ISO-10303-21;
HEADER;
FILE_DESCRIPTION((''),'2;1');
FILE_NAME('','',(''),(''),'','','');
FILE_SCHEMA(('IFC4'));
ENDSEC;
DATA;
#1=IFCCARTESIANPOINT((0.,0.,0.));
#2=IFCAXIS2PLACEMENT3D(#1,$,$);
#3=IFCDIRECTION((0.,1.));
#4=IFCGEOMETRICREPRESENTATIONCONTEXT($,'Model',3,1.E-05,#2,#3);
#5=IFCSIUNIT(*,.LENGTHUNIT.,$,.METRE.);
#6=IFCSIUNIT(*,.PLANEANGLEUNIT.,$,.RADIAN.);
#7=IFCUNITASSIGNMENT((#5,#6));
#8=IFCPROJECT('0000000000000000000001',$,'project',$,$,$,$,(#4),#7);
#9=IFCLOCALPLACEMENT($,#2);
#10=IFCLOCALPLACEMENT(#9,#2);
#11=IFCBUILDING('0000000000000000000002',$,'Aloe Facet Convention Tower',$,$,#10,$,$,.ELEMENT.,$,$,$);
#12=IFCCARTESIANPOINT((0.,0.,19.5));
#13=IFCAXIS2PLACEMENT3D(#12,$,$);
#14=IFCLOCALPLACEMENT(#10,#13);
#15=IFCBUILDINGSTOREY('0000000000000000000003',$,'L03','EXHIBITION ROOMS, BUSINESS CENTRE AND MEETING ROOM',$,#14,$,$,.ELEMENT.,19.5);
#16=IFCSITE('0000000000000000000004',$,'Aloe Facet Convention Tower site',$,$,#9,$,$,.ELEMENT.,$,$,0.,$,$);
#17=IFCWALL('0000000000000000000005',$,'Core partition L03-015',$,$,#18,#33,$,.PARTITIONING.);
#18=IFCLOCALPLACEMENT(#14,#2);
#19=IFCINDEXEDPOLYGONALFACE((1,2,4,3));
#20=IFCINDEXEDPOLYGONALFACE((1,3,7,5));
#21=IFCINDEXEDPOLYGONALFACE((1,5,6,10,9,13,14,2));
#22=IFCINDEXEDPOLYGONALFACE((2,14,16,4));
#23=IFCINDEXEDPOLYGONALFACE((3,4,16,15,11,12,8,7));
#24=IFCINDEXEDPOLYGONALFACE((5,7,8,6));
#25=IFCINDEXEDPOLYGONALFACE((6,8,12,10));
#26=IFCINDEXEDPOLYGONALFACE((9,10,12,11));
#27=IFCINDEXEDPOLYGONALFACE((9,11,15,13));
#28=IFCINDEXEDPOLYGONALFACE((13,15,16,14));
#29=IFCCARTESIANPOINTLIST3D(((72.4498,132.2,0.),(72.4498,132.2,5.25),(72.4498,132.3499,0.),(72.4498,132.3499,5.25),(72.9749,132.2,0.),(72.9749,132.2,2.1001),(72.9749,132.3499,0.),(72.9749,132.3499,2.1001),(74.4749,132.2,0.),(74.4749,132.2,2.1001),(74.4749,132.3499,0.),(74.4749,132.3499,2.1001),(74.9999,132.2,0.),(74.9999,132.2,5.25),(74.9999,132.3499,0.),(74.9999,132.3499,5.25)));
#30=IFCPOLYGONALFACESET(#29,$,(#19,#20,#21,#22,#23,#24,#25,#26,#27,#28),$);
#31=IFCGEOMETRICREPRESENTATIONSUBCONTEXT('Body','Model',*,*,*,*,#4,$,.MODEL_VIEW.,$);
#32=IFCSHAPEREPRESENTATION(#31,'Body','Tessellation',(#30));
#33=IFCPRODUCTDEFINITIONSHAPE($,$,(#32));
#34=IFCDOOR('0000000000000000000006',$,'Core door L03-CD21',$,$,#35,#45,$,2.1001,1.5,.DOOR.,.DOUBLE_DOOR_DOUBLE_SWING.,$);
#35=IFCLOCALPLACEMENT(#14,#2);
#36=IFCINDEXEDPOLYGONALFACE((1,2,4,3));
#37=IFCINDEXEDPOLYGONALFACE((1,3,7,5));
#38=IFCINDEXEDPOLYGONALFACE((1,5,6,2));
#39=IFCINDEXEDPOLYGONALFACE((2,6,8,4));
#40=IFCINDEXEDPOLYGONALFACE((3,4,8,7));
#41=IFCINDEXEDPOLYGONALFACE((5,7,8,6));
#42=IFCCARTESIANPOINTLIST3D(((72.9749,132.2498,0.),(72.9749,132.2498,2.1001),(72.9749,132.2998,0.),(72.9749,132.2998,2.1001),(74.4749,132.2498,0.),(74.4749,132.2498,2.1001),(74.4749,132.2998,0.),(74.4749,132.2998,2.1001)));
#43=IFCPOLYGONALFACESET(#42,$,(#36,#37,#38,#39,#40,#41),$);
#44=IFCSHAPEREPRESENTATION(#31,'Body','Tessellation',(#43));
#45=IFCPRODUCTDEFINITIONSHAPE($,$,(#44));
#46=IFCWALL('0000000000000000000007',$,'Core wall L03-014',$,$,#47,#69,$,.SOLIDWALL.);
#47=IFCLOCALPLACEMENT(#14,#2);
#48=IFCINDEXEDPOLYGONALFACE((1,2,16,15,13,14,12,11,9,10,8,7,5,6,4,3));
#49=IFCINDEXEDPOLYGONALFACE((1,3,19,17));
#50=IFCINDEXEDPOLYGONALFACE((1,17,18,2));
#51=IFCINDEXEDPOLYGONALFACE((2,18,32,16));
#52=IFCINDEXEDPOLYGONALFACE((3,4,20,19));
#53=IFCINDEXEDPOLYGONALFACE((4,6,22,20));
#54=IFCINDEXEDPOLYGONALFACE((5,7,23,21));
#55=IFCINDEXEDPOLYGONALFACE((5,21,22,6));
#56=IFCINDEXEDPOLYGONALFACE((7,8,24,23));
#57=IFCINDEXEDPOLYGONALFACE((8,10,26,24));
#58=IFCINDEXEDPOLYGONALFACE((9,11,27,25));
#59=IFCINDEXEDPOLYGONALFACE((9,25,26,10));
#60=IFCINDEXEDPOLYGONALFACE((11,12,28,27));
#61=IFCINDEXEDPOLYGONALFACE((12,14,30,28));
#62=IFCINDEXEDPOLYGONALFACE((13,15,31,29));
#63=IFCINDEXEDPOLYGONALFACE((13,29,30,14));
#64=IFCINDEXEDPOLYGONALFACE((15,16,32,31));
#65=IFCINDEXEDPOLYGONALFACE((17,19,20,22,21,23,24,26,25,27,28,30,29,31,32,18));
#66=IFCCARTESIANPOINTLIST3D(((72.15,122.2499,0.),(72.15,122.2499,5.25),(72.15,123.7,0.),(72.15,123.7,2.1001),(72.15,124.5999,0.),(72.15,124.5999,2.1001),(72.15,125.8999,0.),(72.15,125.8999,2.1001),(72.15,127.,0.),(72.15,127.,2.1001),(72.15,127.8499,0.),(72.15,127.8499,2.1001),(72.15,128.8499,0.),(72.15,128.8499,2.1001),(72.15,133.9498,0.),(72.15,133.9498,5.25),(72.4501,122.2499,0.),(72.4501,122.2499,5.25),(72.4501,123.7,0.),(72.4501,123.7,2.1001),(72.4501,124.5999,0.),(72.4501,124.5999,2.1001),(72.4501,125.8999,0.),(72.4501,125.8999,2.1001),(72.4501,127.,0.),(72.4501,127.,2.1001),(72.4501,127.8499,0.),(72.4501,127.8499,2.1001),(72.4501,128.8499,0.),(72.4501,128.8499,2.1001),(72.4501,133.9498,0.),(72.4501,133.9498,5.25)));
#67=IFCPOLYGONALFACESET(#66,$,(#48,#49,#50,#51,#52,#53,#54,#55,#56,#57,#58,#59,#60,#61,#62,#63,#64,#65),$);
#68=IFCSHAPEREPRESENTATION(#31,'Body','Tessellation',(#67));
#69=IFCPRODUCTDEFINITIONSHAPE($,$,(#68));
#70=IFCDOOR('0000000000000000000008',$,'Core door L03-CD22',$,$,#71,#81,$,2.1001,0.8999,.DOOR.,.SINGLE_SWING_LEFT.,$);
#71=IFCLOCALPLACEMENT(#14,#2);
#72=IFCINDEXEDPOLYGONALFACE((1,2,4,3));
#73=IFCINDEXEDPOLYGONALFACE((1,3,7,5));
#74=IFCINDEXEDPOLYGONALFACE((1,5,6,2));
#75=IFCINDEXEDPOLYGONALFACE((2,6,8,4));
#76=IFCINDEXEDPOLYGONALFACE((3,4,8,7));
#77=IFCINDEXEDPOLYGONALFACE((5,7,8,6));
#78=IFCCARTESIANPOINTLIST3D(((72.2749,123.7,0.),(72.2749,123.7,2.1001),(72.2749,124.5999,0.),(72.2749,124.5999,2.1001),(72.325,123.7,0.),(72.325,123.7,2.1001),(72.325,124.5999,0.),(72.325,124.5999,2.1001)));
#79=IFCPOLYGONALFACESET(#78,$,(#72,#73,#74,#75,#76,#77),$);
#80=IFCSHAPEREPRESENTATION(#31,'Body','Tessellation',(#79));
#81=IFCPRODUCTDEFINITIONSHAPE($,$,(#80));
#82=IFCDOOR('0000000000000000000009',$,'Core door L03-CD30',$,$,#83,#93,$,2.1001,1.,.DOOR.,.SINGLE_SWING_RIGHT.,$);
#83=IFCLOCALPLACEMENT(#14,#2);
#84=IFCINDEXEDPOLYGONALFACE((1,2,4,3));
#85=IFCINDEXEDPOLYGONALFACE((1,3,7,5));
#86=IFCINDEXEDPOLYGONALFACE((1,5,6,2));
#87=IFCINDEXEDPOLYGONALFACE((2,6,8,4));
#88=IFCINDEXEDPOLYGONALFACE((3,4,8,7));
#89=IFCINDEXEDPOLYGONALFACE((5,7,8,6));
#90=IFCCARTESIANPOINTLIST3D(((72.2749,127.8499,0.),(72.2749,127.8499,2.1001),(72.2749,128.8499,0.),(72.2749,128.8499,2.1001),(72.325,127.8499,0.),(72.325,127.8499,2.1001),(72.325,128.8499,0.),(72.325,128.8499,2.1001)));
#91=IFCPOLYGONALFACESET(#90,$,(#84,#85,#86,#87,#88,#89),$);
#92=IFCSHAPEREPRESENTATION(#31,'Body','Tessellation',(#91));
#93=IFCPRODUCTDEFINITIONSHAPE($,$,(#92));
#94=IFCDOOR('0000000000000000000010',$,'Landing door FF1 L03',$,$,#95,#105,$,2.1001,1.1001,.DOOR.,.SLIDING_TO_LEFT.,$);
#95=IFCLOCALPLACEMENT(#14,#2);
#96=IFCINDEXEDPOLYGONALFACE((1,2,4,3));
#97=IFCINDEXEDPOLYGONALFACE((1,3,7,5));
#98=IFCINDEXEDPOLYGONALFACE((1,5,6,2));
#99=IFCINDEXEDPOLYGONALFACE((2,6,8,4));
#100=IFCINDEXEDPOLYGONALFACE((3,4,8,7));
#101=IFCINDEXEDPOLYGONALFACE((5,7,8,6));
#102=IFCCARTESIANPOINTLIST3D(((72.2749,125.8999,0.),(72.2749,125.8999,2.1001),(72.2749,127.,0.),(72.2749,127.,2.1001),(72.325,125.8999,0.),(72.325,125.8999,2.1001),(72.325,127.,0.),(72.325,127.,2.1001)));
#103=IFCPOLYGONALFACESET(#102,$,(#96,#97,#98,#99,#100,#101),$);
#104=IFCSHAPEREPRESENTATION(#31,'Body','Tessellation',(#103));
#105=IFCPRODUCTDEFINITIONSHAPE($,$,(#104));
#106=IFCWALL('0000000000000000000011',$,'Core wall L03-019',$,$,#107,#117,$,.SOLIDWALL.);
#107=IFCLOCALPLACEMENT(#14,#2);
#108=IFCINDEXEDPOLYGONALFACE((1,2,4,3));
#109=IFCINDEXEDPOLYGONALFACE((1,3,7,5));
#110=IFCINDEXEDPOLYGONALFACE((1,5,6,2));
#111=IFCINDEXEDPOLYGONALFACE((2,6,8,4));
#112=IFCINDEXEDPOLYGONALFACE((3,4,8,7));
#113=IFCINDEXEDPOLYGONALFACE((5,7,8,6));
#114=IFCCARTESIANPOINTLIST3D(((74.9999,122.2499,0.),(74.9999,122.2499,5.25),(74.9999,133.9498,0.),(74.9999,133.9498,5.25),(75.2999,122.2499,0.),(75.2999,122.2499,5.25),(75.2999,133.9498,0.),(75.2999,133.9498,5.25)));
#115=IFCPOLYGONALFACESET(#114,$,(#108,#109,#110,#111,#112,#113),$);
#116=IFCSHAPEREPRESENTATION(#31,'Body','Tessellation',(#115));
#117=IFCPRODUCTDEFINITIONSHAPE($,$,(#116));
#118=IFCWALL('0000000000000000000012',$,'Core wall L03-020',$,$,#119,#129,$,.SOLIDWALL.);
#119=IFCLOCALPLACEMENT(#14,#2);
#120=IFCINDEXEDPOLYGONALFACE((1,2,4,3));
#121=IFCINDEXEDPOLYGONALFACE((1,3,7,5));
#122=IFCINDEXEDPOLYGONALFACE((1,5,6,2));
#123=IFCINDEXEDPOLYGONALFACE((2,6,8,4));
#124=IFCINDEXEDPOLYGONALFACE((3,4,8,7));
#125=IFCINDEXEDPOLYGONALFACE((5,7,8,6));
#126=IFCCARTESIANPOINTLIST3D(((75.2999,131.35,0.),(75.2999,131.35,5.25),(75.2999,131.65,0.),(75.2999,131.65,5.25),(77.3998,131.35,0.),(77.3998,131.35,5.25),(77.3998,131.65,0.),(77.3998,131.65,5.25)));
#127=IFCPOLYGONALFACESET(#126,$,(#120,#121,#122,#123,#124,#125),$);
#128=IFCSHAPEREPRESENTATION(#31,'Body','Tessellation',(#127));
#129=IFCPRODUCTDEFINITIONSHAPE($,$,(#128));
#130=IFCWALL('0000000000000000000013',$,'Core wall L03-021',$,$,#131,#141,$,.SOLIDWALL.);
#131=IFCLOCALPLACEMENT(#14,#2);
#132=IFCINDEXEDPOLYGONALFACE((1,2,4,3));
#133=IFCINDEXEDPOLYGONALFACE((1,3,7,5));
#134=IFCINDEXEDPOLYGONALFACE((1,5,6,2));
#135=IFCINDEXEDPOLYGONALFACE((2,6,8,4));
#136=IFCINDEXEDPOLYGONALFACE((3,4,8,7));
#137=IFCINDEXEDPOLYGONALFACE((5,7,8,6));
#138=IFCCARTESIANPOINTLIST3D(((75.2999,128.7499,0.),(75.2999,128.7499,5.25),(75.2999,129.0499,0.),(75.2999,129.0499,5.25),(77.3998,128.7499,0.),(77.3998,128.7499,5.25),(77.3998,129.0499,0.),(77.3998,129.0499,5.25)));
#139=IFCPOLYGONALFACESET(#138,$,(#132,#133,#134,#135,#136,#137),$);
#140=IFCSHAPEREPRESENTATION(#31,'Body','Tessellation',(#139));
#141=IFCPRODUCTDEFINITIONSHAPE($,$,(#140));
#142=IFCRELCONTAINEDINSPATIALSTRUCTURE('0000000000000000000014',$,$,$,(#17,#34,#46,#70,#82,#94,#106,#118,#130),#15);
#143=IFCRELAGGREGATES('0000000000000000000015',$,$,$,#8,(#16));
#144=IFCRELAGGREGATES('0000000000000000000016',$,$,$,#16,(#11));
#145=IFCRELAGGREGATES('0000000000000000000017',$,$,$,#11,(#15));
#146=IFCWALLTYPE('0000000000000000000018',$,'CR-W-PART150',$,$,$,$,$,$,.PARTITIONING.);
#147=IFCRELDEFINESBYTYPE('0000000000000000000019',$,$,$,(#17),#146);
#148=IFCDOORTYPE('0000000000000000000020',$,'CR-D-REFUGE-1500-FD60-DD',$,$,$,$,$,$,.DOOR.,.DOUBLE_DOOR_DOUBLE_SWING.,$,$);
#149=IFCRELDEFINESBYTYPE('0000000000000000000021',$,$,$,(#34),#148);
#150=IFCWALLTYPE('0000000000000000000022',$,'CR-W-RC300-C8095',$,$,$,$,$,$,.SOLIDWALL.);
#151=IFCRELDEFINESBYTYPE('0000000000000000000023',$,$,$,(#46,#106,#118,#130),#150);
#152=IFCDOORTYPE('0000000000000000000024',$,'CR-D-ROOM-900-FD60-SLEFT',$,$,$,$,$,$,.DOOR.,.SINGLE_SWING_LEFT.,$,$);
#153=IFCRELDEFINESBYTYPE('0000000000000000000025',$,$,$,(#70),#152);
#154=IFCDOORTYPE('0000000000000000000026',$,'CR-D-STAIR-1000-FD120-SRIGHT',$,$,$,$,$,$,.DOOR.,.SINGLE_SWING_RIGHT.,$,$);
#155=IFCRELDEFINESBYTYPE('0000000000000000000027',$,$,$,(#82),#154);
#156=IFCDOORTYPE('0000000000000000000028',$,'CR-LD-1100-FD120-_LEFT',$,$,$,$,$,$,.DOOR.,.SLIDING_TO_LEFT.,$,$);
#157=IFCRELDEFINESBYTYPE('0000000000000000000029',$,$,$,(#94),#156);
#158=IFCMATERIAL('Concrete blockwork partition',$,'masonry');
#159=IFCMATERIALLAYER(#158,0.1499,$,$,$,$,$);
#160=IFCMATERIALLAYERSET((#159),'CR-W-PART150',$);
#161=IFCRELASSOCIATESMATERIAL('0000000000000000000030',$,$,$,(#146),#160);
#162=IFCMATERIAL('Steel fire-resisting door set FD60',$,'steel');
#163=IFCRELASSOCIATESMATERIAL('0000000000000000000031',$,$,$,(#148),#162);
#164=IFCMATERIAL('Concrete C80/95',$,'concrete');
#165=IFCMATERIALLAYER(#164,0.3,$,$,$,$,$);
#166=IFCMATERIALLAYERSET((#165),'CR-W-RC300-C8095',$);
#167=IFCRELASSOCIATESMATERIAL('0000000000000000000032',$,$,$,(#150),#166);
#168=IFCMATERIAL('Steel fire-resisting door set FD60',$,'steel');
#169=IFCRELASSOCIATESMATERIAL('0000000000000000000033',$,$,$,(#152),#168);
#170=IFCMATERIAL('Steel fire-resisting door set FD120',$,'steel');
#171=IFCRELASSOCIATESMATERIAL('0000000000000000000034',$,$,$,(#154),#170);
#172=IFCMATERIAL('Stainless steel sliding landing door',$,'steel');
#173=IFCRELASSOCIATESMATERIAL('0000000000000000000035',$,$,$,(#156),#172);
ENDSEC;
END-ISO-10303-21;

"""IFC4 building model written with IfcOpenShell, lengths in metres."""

from ifc_helpers import new_model, si_unit, direction, frame, frame_2d, origin, place, context, subcontext, project, spatial, rectangle, extrude, material, layer, layer_set, type_object, element, fill, save


model = new_model("IFC4")

# Units and contexts
model_context = context("Model", 3, precision=1e-05, world=origin(), true_north=direction((0.0, 1.0)))
body_context = subcontext(model_context, "Body", "Model", "MODEL_VIEW")
ifc_project = project(units=[si_unit("LENGTHUNIT", "METRE"), si_unit("PLANEANGLEUNIT", "RADIAN")], contexts=[model_context])

# Site, building, storey
site_placement = place(None, origin())
site = spatial("IfcSite", under=ifc_project, at=site_placement, Name="Aloe Facet Convention Tower site", CompositionType="ELEMENT", RefElevation=0.0)
building_placement = place(site_placement, origin())
building = spatial("IfcBuilding", under=site, at=building_placement, Name="Aloe Facet Convention Tower", CompositionType="ELEMENT")
storey_placement = place(building_placement, frame((0.0, 0.0, 19.5)))
storey = spatial("IfcBuildingStorey", under=building, at=storey_placement, Name="L03", Description="EXHIBITION ROOMS, BUSINESS CENTRE AND MEETING ROOM", CompositionType="ELEMENT", Elevation=19.5)

# Wall, opening, door
ifc_material_1 = material(Name="Concrete blockwork partition", Category="masonry")
ifc_layer_1 = layer(ifc_material_1, 0.1499)
ifc_layer_set_1 = layer_set([ifc_layer_1], Name="CR-W-PART150")
wall_type_1 = type_object("IfcWallType", Name="CR-W-PART150", PredefinedType="PARTITIONING", material=ifc_layer_set_1)
wall_1_placement = place(storey_placement, frame((72.45, 132.2749, 0.0), z_axis=(0.0, 0.0, 1.0), x_axis=(1.0, 0.0, 0.0)))
wall_1 = element("IfcWall", 1, at=wall_1_placement, inside=storey, type_object=wall_type_1, Name="Core partition L03-015", PredefinedType="PARTITIONING", context=body_context, shape_type="SweptSolid", body=[
    extrude(rectangle(XDim=2.55, YDim=0.1499, at=frame_2d((1.2749, 0.0))), origin(), (0.0, 0.0, 1.0), 5.25),
])
opening_1_placement = place(wall_1_placement, frame((0.5249, 0.0, 0.0)))
opening_1 = element("IfcOpeningElement", 2, at=opening_1_placement, cuts=wall_1, PredefinedType="OPENING", context=body_context, shape_type="SweptSolid", body=[
    extrude(rectangle(XDim=1.5, YDim=2.1001, at=frame_2d((0.75, 1.05))), frame((0.0, 0.085, 0.0), z_axis=(0.0, -1.0, 0.0), x_axis=(1.0, 0.0, 0.0)), (0.0, 0.0, 1.0), 0.1699),
])
ifc_material_2 = material(Name="Steel fire-resisting door set FD60", Category="steel")
door_type_1 = type_object("IfcDoorType", Name="CR-D-REFUGE-1500-FD60-DD", OperationType="DOUBLE_DOOR_DOUBLE_SWING", PredefinedType="DOOR", material=ifc_material_2)
door_1_placement = place(opening_1_placement, origin())
door_1 = element("IfcDoor", 3, at=door_1_placement, inside=storey, type_object=door_type_1, Name="Core door L03-CD21", OperationType="DOUBLE_DOOR_DOUBLE_SWING", OverallHeight=2.1001, OverallWidth=1.5, PredefinedType="DOOR", context=body_context, shape_type="SweptSolid", body=[
    extrude(rectangle(XDim=1.5, YDim=2.1001, at=frame_2d((0.75, 1.05))), frame((0.0, 0.0249, 0.0), z_axis=(0.0, -1.0, 0.0), x_axis=(1.0, 0.0, 0.0)), (0.0, 0.0, 1.0), 0.05),
])
fill(opening_1, door_1)

# Wall, openings, doors
ifc_material_3 = material(Name="Concrete C80/95", Category="concrete")
ifc_layer_2 = layer(ifc_material_3, 0.3)
ifc_layer_set_2 = layer_set([ifc_layer_2], Name="CR-W-RC300-C8095")
wall_type_2 = type_object("IfcWallType", Name="CR-W-RC300-C8095", PredefinedType="SOLIDWALL", material=ifc_layer_set_2)
wall_2_placement = place(storey_placement, frame((72.3, 133.95, 0.0), z_axis=(0.0, 0.0, 1.0), x_axis=(0.0, -1.0, 0.0)))
wall_2 = element("IfcWall", 4, at=wall_2_placement, inside=storey, type_object=wall_type_2, Name="Core wall L03-014", PredefinedType="SOLIDWALL", context=body_context, shape_type="SweptSolid", body=[
    extrude(rectangle(XDim=11.7, YDim=0.3, at=frame_2d((5.8501, 0.0))), origin(), (0.0, 0.0, 1.0), 5.25),
])
opening_2_placement = place(wall_2_placement, frame((6.95, 0.0, 0.0)))
opening_2 = element("IfcOpeningElement", 5, at=opening_2_placement, cuts=wall_2, PredefinedType="OPENING", context=body_context, shape_type="SweptSolid", body=[
    extrude(rectangle(XDim=1.1001, YDim=2.1001, at=frame_2d((0.55, 1.05))), frame((0.0, 0.1602, 0.0), z_axis=(0.0, -1.0, 0.0), x_axis=(1.0, 0.0, 0.0)), (0.0, 0.0, 1.0), 0.3201),
])
opening_3_placement = place(wall_2_placement, frame((9.3501, 0.0, 0.0)))
opening_3 = element("IfcOpeningElement", 6, at=opening_3_placement, cuts=wall_2, PredefinedType="OPENING", context=body_context, shape_type="SweptSolid", body=[
    extrude(rectangle(XDim=0.8999, YDim=2.1001, at=frame_2d((0.45, 1.05))), frame((0.0, 0.1602, 0.0), z_axis=(0.0, -1.0, 0.0), x_axis=(1.0, 0.0, 0.0)), (0.0, 0.0, 1.0), 0.3201),
])
opening_4_placement = place(wall_2_placement, frame((5.1001, 0.0, 0.0)))
opening_4 = element("IfcOpeningElement", 7, at=opening_4_placement, cuts=wall_2, PredefinedType="OPENING", context=body_context, shape_type="SweptSolid", body=[
    extrude(rectangle(XDim=1.0, YDim=2.1001, at=frame_2d((0.5, 1.05))), frame((0.0, 0.1602, 0.0), z_axis=(0.0, -1.0, 0.0), x_axis=(1.0, 0.0, 0.0)), (0.0, 0.0, 1.0), 0.3201),
])
ifc_material_4 = material(Name="Steel fire-resisting door set FD60", Category="steel")
door_type_2 = type_object("IfcDoorType", Name="CR-D-ROOM-900-FD60-SLEFT", OperationType="SINGLE_SWING_LEFT", PredefinedType="DOOR", material=ifc_material_4)
door_2_placement = place(opening_3_placement, origin())
door_2 = element("IfcDoor", 8, at=door_2_placement, inside=storey, type_object=door_type_2, Name="Core door L03-CD22", OperationType="SINGLE_SWING_LEFT", OverallHeight=2.1001, OverallWidth=0.8999, PredefinedType="DOOR", context=body_context, shape_type="SweptSolid", body=[
    extrude(rectangle(XDim=0.8999, YDim=2.1001, at=frame_2d((0.45, 1.05))), frame((0.0, 0.0249, 0.0), z_axis=(0.0, -1.0, 0.0), x_axis=(1.0, 0.0, 0.0)), (0.0, 0.0, 1.0), 0.05),
])
fill(opening_3, door_2)
ifc_material_5 = material(Name="Steel fire-resisting door set FD120", Category="steel")
door_type_3 = type_object("IfcDoorType", Name="CR-D-STAIR-1000-FD120-SRIGHT", OperationType="SINGLE_SWING_RIGHT", PredefinedType="DOOR", material=ifc_material_5)
door_3_placement = place(opening_4_placement, origin())
door_3 = element("IfcDoor", 9, at=door_3_placement, inside=storey, type_object=door_type_3, Name="Core door L03-CD30", OperationType="SINGLE_SWING_RIGHT", OverallHeight=2.1001, OverallWidth=1.0, PredefinedType="DOOR", context=body_context, shape_type="SweptSolid", body=[
    extrude(rectangle(XDim=1.0, YDim=2.1001, at=frame_2d((0.5, 1.05))), frame((0.0, 0.0249, 0.0), z_axis=(0.0, -1.0, 0.0), x_axis=(1.0, 0.0, 0.0)), (0.0, 0.0, 1.0), 0.05),
])
fill(opening_4, door_3)
ifc_material_6 = material(Name="Stainless steel sliding landing door", Category="steel")
door_type_4 = type_object("IfcDoorType", Name="CR-LD-1100-FD120-_LEFT", OperationType="SLIDING_TO_LEFT", PredefinedType="DOOR", material=ifc_material_6)
door_4_placement = place(opening_2_placement, origin())
door_4 = element("IfcDoor", 10, at=door_4_placement, inside=storey, type_object=door_type_4, Name="Landing door FF1 L03", OperationType="SLIDING_TO_LEFT", OverallHeight=2.1001, OverallWidth=1.1001, PredefinedType="DOOR", context=body_context, shape_type="SweptSolid", body=[
    extrude(rectangle(XDim=1.1001, YDim=2.1001, at=frame_2d((0.55, 1.05))), frame((0.0, 0.0249, 0.0), z_axis=(0.0, -1.0, 0.0), x_axis=(1.0, 0.0, 0.0)), (0.0, 0.0, 1.0), 0.05),
])
fill(opening_2, door_4)

# Walls
wall_3_placement = place(storey_placement, frame((75.1499, 133.95, 0.0), z_axis=(0.0, 0.0, 1.0), x_axis=(0.0, -1.0, 0.0)))
element("IfcWall", 11, at=wall_3_placement, inside=storey, type_object=wall_type_2, Name="Core wall L03-019", PredefinedType="SOLIDWALL", context=body_context, shape_type="SweptSolid", body=[
    extrude(rectangle(XDim=11.7, YDim=0.3, at=frame_2d((5.8501, 0.0))), origin(), (0.0, 0.0, 1.0), 5.25),
])
for number, where, z_axis, x_axis, name in (
    (12, (75.3, 131.5, 0.0), (0.0, 0.0, 1.0), (1.0, 0.0, 0.0), "Core wall L03-020"),
    (13, (75.3, 128.8999, 0.0), (0.0, 0.0, 1.0), (1.0, 0.0, 0.0), "Core wall L03-021"),
):
    element("IfcWall", number, at=place(storey_placement, frame(where, z_axis=z_axis, x_axis=x_axis)), inside=storey, type_object=wall_type_2, Name=name, PredefinedType="SOLIDWALL", context=body_context, shape_type="SweptSolid", body=[
        extrude(rectangle(XDim=2.0999, YDim=0.3, at=frame_2d((1.0498, 0.0))), origin(), (0.0, 0.0, 1.0), 5.25),
    ])

save(model, "model.ifc")
